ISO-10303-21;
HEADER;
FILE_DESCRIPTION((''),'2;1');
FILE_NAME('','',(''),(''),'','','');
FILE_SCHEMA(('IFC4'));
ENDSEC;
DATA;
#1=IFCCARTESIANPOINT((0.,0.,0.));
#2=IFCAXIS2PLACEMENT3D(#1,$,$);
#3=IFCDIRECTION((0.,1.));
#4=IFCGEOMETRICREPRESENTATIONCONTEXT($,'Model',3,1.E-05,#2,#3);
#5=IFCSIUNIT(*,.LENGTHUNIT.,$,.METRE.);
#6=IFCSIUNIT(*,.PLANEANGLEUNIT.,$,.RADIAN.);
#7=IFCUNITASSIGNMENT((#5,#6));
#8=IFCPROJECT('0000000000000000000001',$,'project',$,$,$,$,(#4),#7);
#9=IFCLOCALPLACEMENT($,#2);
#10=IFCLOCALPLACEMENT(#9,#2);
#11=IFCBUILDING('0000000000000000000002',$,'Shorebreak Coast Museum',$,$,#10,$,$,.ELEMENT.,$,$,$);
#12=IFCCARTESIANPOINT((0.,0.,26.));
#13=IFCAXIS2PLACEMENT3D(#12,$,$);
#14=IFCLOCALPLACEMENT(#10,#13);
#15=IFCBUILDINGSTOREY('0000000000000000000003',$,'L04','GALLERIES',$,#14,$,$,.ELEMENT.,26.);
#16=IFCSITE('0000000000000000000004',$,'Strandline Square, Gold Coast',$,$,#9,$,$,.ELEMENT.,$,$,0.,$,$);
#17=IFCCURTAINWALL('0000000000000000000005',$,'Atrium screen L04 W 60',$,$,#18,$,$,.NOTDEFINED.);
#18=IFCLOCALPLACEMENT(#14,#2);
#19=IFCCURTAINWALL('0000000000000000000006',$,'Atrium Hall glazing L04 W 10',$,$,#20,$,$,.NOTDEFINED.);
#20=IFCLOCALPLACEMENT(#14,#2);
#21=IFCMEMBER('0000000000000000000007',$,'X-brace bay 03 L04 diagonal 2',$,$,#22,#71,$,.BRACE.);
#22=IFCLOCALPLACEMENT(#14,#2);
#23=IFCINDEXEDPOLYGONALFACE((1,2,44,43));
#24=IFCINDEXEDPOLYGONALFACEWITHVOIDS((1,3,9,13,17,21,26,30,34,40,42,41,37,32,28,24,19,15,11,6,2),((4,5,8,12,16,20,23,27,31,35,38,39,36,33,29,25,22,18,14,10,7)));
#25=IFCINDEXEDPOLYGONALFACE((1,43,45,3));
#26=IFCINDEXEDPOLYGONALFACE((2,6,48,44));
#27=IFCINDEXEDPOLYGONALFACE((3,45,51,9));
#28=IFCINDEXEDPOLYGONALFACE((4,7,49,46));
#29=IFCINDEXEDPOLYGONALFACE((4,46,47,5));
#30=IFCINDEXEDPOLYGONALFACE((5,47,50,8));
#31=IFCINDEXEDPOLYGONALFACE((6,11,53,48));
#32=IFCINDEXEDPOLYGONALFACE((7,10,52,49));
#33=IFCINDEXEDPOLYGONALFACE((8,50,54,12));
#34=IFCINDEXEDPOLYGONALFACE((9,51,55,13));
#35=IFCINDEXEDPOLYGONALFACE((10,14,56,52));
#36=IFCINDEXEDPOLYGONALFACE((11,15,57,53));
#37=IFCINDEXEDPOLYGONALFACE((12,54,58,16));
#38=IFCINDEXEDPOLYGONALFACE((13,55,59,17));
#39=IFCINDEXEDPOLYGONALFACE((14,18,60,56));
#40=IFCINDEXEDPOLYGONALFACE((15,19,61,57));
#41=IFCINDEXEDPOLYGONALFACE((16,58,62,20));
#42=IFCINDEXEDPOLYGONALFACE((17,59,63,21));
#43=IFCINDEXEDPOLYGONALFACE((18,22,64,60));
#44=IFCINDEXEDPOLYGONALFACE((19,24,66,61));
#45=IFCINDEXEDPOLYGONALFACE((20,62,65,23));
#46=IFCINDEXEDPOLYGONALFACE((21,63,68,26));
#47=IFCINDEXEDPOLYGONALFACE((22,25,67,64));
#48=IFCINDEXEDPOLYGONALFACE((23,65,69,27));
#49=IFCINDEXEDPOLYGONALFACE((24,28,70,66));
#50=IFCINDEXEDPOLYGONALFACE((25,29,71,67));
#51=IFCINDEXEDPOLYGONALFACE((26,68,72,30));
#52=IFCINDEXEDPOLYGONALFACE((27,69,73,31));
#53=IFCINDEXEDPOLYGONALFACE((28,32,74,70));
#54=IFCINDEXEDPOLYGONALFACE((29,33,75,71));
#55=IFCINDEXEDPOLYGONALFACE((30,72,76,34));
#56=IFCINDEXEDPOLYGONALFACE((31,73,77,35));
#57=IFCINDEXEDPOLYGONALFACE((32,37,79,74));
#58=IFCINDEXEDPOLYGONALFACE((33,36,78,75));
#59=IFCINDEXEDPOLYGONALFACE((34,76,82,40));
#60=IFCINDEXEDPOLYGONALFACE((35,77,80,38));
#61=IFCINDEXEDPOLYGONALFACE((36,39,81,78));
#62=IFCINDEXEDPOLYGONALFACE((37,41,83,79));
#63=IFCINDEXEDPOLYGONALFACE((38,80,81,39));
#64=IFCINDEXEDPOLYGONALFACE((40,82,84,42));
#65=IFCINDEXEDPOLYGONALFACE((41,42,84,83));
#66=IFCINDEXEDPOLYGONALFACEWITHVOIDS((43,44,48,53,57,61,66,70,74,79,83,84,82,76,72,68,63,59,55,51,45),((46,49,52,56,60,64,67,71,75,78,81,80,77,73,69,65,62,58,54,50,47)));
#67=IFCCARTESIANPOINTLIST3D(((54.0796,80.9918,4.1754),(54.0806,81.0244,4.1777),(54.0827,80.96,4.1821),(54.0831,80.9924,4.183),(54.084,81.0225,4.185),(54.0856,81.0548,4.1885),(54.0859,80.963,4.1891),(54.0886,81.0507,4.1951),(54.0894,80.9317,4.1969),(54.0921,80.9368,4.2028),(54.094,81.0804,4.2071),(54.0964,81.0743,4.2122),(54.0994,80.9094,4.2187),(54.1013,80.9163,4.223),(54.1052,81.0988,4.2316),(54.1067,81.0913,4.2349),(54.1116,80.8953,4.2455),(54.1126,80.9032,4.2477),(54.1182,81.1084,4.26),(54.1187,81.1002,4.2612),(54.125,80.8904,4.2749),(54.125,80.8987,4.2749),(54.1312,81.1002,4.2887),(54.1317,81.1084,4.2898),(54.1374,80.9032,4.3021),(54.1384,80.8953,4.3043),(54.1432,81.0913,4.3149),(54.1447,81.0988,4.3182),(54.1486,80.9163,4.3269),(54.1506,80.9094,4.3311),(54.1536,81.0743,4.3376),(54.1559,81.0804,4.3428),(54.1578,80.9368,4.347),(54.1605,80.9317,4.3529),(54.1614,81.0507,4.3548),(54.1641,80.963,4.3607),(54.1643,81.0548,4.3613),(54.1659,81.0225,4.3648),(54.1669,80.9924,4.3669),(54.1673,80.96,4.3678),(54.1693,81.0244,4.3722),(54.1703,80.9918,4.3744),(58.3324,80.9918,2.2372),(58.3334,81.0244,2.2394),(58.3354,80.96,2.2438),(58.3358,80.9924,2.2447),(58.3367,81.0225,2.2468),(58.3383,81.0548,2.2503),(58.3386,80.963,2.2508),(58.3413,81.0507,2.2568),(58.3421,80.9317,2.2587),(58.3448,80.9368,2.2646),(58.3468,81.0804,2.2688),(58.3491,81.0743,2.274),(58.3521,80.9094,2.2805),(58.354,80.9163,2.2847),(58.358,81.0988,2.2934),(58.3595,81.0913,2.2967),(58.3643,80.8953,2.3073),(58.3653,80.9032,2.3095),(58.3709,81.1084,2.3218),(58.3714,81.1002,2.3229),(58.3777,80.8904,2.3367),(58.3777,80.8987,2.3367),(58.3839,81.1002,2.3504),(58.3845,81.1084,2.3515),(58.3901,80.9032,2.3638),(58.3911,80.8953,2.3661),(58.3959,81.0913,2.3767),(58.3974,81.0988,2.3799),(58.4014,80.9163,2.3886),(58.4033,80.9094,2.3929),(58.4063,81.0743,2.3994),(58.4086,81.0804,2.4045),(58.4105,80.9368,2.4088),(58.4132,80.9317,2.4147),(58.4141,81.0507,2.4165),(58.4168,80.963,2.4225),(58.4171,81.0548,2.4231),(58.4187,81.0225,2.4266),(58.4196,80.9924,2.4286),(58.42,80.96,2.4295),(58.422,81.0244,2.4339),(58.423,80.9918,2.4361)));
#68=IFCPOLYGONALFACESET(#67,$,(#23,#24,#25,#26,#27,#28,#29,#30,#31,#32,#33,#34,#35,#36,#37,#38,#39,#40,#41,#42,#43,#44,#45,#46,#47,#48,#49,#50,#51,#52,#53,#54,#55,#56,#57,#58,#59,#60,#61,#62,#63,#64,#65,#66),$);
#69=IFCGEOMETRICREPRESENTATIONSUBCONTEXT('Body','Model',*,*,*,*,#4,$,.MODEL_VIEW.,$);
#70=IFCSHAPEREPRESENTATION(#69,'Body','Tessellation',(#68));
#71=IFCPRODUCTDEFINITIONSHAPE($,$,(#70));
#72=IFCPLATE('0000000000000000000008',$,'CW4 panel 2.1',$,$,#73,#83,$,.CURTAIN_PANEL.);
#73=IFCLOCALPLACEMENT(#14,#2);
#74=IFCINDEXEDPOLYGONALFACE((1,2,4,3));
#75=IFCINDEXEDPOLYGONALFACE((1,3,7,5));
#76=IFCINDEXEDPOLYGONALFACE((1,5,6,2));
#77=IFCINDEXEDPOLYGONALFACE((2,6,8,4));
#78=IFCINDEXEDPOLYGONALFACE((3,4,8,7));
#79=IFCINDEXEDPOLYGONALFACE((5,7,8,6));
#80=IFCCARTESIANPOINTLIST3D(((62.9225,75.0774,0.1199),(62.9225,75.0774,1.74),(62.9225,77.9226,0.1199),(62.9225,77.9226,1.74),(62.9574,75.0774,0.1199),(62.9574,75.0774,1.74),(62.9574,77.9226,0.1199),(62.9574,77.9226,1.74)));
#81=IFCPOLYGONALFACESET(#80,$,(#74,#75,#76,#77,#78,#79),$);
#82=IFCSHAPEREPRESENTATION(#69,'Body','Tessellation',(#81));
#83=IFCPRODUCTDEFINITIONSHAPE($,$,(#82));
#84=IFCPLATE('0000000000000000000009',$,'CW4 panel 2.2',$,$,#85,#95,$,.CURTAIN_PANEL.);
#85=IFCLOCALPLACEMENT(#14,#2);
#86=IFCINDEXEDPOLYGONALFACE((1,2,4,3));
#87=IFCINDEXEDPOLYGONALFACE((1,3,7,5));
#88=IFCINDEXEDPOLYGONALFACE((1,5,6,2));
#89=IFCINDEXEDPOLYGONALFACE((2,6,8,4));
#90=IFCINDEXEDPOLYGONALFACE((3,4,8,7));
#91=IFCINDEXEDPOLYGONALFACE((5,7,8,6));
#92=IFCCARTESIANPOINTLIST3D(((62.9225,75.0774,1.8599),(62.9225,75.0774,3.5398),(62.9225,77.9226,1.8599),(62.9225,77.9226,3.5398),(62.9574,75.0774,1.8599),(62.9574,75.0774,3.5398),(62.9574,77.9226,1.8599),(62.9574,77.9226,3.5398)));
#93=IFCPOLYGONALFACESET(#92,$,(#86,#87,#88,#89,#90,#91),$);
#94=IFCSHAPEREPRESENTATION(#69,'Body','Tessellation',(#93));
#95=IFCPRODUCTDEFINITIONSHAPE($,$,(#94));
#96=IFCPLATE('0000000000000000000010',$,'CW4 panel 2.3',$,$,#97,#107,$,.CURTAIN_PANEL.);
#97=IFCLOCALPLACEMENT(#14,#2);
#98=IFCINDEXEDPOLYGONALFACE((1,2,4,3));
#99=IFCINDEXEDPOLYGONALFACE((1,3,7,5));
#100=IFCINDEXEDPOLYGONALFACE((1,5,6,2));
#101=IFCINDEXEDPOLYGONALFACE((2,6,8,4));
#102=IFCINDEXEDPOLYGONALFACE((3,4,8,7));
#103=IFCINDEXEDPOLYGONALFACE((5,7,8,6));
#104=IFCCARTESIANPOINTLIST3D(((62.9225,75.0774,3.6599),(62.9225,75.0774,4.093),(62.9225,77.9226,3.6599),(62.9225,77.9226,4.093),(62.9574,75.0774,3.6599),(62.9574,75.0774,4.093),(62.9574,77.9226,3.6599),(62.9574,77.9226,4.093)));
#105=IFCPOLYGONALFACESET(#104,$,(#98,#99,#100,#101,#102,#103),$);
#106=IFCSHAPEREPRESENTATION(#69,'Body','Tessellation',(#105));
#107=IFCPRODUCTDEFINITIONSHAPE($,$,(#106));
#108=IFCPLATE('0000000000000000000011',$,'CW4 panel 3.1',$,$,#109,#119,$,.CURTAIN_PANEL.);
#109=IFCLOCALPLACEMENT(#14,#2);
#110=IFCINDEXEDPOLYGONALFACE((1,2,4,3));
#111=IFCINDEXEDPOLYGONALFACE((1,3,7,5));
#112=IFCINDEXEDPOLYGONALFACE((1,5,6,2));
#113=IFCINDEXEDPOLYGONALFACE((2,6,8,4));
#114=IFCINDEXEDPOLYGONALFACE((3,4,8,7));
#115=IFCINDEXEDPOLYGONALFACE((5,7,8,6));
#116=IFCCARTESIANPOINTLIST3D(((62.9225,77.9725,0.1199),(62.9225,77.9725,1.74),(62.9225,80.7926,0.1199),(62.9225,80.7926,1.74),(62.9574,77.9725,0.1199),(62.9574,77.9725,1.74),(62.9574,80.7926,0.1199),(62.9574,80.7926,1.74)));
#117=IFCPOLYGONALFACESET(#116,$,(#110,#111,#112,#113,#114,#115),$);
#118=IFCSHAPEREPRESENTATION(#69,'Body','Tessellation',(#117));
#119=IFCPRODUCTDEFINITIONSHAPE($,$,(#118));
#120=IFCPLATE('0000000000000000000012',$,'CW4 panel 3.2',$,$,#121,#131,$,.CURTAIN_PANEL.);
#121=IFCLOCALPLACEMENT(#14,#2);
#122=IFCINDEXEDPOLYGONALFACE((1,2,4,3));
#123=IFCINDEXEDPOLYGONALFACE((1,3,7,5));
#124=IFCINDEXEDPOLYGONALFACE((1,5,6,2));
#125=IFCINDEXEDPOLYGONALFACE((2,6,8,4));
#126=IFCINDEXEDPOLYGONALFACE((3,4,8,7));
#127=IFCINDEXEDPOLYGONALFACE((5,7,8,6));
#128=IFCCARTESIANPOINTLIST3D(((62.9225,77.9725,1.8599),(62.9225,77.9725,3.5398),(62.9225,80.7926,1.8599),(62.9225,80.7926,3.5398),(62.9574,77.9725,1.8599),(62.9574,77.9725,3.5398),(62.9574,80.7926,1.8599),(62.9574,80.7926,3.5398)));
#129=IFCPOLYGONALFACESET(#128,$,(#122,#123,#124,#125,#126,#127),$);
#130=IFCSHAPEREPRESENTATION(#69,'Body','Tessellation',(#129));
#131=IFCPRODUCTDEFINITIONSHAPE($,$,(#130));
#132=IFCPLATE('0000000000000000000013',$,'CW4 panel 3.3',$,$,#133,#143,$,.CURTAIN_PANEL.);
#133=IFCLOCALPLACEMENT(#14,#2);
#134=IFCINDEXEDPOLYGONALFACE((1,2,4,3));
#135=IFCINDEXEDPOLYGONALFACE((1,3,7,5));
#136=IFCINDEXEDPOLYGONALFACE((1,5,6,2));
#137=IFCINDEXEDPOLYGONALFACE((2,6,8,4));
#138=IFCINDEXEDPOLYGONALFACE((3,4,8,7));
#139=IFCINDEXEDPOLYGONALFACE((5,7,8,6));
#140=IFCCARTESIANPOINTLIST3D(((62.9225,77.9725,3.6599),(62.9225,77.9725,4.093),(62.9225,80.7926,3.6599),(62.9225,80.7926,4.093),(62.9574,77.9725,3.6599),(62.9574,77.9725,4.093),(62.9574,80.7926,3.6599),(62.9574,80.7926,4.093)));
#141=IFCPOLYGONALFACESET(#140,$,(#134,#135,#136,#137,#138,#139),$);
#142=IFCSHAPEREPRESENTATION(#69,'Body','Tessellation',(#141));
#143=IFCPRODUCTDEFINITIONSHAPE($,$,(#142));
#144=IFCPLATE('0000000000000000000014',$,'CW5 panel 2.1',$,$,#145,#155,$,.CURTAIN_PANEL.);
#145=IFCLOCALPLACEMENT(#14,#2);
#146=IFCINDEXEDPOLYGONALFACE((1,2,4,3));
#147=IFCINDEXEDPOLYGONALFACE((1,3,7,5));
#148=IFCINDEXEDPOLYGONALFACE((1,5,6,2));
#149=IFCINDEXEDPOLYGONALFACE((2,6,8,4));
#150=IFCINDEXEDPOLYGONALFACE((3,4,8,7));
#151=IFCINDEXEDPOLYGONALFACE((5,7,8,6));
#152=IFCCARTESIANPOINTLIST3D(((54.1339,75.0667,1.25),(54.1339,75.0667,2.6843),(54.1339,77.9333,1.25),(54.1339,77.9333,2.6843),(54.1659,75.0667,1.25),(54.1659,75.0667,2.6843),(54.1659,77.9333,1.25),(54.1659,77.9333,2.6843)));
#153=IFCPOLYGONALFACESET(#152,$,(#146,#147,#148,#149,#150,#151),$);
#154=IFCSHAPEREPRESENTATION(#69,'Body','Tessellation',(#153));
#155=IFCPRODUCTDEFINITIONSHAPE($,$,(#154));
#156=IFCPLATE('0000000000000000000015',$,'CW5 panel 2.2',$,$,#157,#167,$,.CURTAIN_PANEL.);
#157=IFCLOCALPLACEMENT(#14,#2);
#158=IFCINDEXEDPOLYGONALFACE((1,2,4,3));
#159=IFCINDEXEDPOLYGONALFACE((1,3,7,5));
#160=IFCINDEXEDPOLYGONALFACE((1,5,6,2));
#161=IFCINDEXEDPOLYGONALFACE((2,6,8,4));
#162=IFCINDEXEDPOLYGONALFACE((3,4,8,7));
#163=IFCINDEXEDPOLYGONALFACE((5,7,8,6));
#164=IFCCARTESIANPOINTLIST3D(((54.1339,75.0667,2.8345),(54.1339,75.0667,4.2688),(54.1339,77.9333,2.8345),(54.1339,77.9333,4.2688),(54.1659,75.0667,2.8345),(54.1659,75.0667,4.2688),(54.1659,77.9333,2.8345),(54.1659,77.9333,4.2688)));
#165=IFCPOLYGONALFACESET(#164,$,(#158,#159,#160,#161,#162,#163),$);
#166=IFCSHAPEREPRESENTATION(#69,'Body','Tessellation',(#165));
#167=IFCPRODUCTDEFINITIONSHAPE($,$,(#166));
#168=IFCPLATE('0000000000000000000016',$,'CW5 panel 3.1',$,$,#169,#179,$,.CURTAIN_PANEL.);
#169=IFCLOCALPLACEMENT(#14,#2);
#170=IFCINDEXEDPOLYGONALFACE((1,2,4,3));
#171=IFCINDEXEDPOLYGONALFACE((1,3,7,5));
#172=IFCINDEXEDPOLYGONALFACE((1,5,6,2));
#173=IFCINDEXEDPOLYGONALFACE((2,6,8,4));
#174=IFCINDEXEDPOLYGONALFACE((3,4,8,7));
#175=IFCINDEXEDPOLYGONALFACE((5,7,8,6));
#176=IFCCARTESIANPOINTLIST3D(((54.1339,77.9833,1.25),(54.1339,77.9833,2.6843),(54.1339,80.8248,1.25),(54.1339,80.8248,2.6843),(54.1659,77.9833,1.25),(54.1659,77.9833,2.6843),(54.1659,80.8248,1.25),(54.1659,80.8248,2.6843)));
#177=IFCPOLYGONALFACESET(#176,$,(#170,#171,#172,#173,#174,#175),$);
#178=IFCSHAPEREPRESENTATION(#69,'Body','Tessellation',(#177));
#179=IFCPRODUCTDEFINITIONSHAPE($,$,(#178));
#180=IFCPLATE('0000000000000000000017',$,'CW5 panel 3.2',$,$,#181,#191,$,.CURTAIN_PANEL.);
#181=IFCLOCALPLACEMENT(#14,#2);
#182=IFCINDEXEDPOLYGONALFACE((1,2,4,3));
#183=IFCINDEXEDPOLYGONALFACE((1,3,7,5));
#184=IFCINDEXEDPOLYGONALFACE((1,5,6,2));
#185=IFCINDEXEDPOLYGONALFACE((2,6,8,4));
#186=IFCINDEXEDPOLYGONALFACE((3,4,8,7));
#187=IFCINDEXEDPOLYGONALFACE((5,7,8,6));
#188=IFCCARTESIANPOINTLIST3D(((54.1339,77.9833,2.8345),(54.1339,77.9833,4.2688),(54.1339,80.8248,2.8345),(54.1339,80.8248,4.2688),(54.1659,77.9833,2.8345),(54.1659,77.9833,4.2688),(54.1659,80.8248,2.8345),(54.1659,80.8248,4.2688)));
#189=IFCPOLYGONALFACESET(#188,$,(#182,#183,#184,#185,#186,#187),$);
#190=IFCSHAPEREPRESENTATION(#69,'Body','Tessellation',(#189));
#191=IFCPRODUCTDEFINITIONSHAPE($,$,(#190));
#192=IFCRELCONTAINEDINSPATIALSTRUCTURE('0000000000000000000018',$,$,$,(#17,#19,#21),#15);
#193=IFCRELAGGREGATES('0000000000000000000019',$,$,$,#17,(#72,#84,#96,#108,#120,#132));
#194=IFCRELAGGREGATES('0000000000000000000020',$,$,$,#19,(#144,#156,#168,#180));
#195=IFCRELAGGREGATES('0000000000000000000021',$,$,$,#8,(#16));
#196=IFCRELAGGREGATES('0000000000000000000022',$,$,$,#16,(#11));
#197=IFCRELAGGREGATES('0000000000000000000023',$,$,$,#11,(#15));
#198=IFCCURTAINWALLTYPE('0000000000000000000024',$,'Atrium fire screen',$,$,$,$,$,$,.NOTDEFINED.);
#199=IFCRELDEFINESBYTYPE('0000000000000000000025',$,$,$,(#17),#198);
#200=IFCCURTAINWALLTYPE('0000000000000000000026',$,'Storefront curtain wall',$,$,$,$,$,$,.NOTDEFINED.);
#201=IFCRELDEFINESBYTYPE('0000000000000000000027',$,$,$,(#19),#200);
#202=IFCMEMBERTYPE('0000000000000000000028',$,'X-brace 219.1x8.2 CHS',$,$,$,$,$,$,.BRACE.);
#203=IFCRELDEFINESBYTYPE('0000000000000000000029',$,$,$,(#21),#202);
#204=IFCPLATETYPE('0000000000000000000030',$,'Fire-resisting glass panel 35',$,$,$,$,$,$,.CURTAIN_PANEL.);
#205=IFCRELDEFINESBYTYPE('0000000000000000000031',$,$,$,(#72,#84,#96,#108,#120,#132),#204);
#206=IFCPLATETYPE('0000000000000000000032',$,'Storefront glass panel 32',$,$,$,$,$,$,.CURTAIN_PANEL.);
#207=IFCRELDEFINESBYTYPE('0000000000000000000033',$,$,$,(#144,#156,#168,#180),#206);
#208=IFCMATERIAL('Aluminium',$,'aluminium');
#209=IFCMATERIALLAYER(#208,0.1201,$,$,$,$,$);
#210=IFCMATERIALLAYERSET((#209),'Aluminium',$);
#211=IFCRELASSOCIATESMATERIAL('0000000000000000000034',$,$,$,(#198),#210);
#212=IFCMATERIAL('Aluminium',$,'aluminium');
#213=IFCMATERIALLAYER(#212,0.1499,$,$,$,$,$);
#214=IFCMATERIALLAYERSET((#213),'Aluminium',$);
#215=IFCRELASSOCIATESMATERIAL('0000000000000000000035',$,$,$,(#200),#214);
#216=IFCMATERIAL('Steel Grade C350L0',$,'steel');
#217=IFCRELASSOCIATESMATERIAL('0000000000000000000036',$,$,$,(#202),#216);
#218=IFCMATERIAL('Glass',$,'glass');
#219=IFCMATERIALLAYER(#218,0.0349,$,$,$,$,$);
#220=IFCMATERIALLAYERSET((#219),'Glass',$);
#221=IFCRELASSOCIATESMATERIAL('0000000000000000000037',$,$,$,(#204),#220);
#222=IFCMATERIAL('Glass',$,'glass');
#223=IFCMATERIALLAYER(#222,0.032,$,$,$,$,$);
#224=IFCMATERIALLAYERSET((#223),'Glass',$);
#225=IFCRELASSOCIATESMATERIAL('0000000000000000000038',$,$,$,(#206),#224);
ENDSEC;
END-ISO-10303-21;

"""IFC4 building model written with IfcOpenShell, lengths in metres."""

from ifc_helpers import new_model, si_unit, direction, frame, origin, origin_2d, place, context, subcontext, project, spatial, rectangle, hollow_circle, extrude, material, layer, layer_set, material_profile, profile_set, type_object, element, aggregate, save


model = new_model("IFC4")

# Units and contexts
model_context = context("Model", 3, precision=1e-05, world=origin(), true_north=direction((0.0, 1.0)))
body_context = subcontext(model_context, "Body", "Model", "MODEL_VIEW")
ifc_project = project(units=[si_unit("LENGTHUNIT", "METRE"), si_unit("PLANEANGLEUNIT", "RADIAN")], contexts=[model_context])

# Site, building, storey
site_placement = place(None, origin())
site = spatial("IfcSite", under=ifc_project, at=site_placement, Name="Strandline Square, Gold Coast", CompositionType="ELEMENT", RefElevation=0.0)
building_placement = place(site_placement, origin())
building = spatial("IfcBuilding", under=site, at=building_placement, Name="Shorebreak Coast Museum", CompositionType="ELEMENT")
storey_placement = place(building_placement, frame((0.0, 0.0, 26.0)))
storey = spatial("IfcBuildingStorey", under=building, at=storey_placement, Name="L04", Description="GALLERIES", CompositionType="ELEMENT", Elevation=26.0)

# Curtain walls
ifc_material_1 = material(Name="Aluminium", Category="aluminium")
ifc_layer_1 = layer(ifc_material_1, 0.1201)
ifc_layer_set_1 = layer_set([ifc_layer_1], Name="Aluminium")
curtain_wall_type_1 = type_object("IfcCurtainWallType", Name="Atrium fire screen", PredefinedType="NOTDEFINED", material=ifc_layer_set_1)
curtain_wall_1_placement = place(storey_placement, origin())
curtain_wall_1 = element("IfcCurtainWall", 1, at=curtain_wall_1_placement, inside=storey, type_object=curtain_wall_type_1, Name="Atrium screen L04 W 60", PredefinedType="NOTDEFINED")
ifc_material_2 = material(Name="Aluminium", Category="aluminium")
ifc_layer_2 = layer(ifc_material_2, 0.1499)
ifc_layer_set_2 = layer_set([ifc_layer_2], Name="Aluminium")
curtain_wall_type_2 = type_object("IfcCurtainWallType", Name="Storefront curtain wall", PredefinedType="NOTDEFINED", material=ifc_layer_set_2)
curtain_wall_2_placement = place(storey_placement, origin())
curtain_wall_2 = element("IfcCurtainWall", 2, at=curtain_wall_2_placement, inside=storey, type_object=curtain_wall_type_2, Name="Atrium Hall glazing L04 W 10", PredefinedType="NOTDEFINED")

# Member
ifc_material_3 = material(Name="Steel Grade C350L0", Category="steel")
ifc_material_profile_1 = material_profile(ifc_material_3, hollow_circle(Radius=0.1096, WallThickness=0.0083, at=origin_2d()), Name="219.1x8.2 CHS")
ifc_profile_set_1 = profile_set([ifc_material_profile_1], Name="Steel Grade C350L0")
member_type_1 = type_object("IfcMemberType", Name="X-brace 219.1x8.2 CHS", PredefinedType="BRACE", material=ifc_profile_set_1)
member_1_placement = place(storey_placement, frame((58.3777, 81.0, 2.3367), z_axis=(-0.909947, 0.0, 0.414724), x_axis=(0.0, -1.0, 0.0)))
element("IfcMember", 3, at=member_1_placement, inside=storey, type_object=member_type_1, Name="X-brace bay 03 L04 diagonal 2", PredefinedType="BRACE", context=body_context, shape_type="SweptSolid", body=[
    extrude(hollow_circle(Radius=0.1096, WallThickness=0.0083, at=origin_2d()), origin(), (0.0, 0.0, 1.0), 4.6736),
])

# Plates
ifc_material_4 = material(Name="Glass", Category="glass")
ifc_layer_3 = layer(ifc_material_4, 0.0349)
ifc_layer_set_3 = layer_set([ifc_layer_3], Name="Glass")
plate_type_1 = type_object("IfcPlateType", Name="Fire-resisting glass panel 35", PredefinedType="CURTAIN_PANEL", material=ifc_layer_set_3)
plate_1_placement = place(storey_placement, frame((62.9399, 76.5, 0.1199), z_axis=(0.0, 0.0, 1.0), x_axis=(0.0, 1.0, 0.0)))
plate_1 = element("IfcPlate", 4, at=plate_1_placement, type_object=plate_type_1, Name="CW4 panel 2.1", PredefinedType="CURTAIN_PANEL", context=body_context, shape_type="SweptSolid", body=[
    extrude(rectangle(XDim=2.8452, YDim=0.0349, at=origin_2d()), origin(), (0.0, 0.0, 1.0), 1.6201),
])
plate_2_placement = place(storey_placement, frame((62.9399, 76.5, 1.8599), z_axis=(0.0, 0.0, 1.0), x_axis=(0.0, 1.0, 0.0)))
plate_2 = element("IfcPlate", 5, at=plate_2_placement, type_object=plate_type_1, Name="CW4 panel 2.2", PredefinedType="CURTAIN_PANEL", context=body_context, shape_type="SweptSolid", body=[
    extrude(rectangle(XDim=2.8452, YDim=0.0349, at=origin_2d()), origin(), (0.0, 0.0, 1.0), 1.6799),
])
plate_3_placement = place(storey_placement, frame((62.9399, 76.5, 3.6599), z_axis=(0.0, 0.0, 1.0), x_axis=(0.0, 1.0, 0.0)))
plate_3 = element("IfcPlate", 6, at=plate_3_placement, type_object=plate_type_1, Name="CW4 panel 2.3", PredefinedType="CURTAIN_PANEL", context=body_context, shape_type="SweptSolid", body=[
    extrude(rectangle(XDim=2.8452, YDim=0.0349, at=origin_2d()), origin(), (0.0, 0.0, 1.0), 0.4331),
])
plate_4_placement = place(storey_placement, frame((62.9399, 79.3826, 0.1199), z_axis=(0.0, 0.0, 1.0), x_axis=(0.0, 1.0, 0.0)))
plate_4 = element("IfcPlate", 7, at=plate_4_placement, type_object=plate_type_1, Name="CW4 panel 3.1", PredefinedType="CURTAIN_PANEL", context=body_context, shape_type="SweptSolid", body=[
    extrude(rectangle(XDim=2.8201, YDim=0.0349, at=origin_2d()), origin(), (0.0, 0.0, 1.0), 1.6201),
])
plate_5_placement = place(storey_placement, frame((62.9399, 79.3826, 1.8599), z_axis=(0.0, 0.0, 1.0), x_axis=(0.0, 1.0, 0.0)))
plate_5 = element("IfcPlate", 8, at=plate_5_placement, type_object=plate_type_1, Name="CW4 panel 3.2", PredefinedType="CURTAIN_PANEL", context=body_context, shape_type="SweptSolid", body=[
    extrude(rectangle(XDim=2.8201, YDim=0.0349, at=origin_2d()), origin(), (0.0, 0.0, 1.0), 1.6799),
])
plate_6_placement = place(storey_placement, frame((62.9399, 79.3826, 3.6599), z_axis=(0.0, 0.0, 1.0), x_axis=(0.0, 1.0, 0.0)))
plate_6 = element("IfcPlate", 9, at=plate_6_placement, type_object=plate_type_1, Name="CW4 panel 3.3", PredefinedType="CURTAIN_PANEL", context=body_context, shape_type="SweptSolid", body=[
    extrude(rectangle(XDim=2.8201, YDim=0.0349, at=origin_2d()), origin(), (0.0, 0.0, 1.0), 0.4331),
])
aggregate(curtain_wall_1, [plate_1, plate_2, plate_3, plate_4, plate_5, plate_6])
ifc_material_5 = material(Name="Glass", Category="glass")
ifc_layer_4 = layer(ifc_material_5, 0.032)
ifc_layer_set_4 = layer_set([ifc_layer_4], Name="Glass")
plate_type_2 = type_object("IfcPlateType", Name="Storefront glass panel 32", PredefinedType="CURTAIN_PANEL", material=ifc_layer_set_4)
plate_7_placement = place(storey_placement, frame((54.1499, 76.5, 1.25), z_axis=(0.0, 0.0, 1.0), x_axis=(0.0, 1.0, 0.0)))
plate_7 = element("IfcPlate", 10, at=plate_7_placement, type_object=plate_type_2, Name="CW5 panel 2.1", PredefinedType="CURTAIN_PANEL", context=body_context, shape_type="SweptSolid", body=[
    extrude(rectangle(XDim=2.8667, YDim=0.032, at=origin_2d()), origin(), (0.0, 0.0, 1.0), 1.4343),
])
plate_8_placement = place(storey_placement, frame((54.1499, 76.5, 2.8345), z_axis=(0.0, 0.0, 1.0), x_axis=(0.0, 1.0, 0.0)))
plate_8 = element("IfcPlate", 11, at=plate_8_placement, type_object=plate_type_2, Name="CW5 panel 2.2", PredefinedType="CURTAIN_PANEL", context=body_context, shape_type="SweptSolid", body=[
    extrude(rectangle(XDim=2.8667, YDim=0.032, at=origin_2d()), origin(), (0.0, 0.0, 1.0), 1.4343),
])
plate_9_placement = place(storey_placement, frame((54.1499, 79.4041, 1.25), z_axis=(0.0, 0.0, 1.0), x_axis=(0.0, 1.0, 0.0)))
plate_9 = element("IfcPlate", 12, at=plate_9_placement, type_object=plate_type_2, Name="CW5 panel 3.1", PredefinedType="CURTAIN_PANEL", context=body_context, shape_type="SweptSolid", body=[
    extrude(rectangle(XDim=2.8416, YDim=0.032, at=origin_2d()), origin(), (0.0, 0.0, 1.0), 1.4343),
])
plate_10_placement = place(storey_placement, frame((54.1499, 79.4041, 2.8345), z_axis=(0.0, 0.0, 1.0), x_axis=(0.0, 1.0, 0.0)))
plate_10 = element("IfcPlate", 13, at=plate_10_placement, type_object=plate_type_2, Name="CW5 panel 3.2", PredefinedType="CURTAIN_PANEL", context=body_context, shape_type="SweptSolid", body=[
    extrude(rectangle(XDim=2.8416, YDim=0.032, at=origin_2d()), origin(), (0.0, 0.0, 1.0), 1.4343),
])
aggregate(curtain_wall_2, [plate_7, plate_8, plate_9, plate_10])

save(model, "model.ifc")
